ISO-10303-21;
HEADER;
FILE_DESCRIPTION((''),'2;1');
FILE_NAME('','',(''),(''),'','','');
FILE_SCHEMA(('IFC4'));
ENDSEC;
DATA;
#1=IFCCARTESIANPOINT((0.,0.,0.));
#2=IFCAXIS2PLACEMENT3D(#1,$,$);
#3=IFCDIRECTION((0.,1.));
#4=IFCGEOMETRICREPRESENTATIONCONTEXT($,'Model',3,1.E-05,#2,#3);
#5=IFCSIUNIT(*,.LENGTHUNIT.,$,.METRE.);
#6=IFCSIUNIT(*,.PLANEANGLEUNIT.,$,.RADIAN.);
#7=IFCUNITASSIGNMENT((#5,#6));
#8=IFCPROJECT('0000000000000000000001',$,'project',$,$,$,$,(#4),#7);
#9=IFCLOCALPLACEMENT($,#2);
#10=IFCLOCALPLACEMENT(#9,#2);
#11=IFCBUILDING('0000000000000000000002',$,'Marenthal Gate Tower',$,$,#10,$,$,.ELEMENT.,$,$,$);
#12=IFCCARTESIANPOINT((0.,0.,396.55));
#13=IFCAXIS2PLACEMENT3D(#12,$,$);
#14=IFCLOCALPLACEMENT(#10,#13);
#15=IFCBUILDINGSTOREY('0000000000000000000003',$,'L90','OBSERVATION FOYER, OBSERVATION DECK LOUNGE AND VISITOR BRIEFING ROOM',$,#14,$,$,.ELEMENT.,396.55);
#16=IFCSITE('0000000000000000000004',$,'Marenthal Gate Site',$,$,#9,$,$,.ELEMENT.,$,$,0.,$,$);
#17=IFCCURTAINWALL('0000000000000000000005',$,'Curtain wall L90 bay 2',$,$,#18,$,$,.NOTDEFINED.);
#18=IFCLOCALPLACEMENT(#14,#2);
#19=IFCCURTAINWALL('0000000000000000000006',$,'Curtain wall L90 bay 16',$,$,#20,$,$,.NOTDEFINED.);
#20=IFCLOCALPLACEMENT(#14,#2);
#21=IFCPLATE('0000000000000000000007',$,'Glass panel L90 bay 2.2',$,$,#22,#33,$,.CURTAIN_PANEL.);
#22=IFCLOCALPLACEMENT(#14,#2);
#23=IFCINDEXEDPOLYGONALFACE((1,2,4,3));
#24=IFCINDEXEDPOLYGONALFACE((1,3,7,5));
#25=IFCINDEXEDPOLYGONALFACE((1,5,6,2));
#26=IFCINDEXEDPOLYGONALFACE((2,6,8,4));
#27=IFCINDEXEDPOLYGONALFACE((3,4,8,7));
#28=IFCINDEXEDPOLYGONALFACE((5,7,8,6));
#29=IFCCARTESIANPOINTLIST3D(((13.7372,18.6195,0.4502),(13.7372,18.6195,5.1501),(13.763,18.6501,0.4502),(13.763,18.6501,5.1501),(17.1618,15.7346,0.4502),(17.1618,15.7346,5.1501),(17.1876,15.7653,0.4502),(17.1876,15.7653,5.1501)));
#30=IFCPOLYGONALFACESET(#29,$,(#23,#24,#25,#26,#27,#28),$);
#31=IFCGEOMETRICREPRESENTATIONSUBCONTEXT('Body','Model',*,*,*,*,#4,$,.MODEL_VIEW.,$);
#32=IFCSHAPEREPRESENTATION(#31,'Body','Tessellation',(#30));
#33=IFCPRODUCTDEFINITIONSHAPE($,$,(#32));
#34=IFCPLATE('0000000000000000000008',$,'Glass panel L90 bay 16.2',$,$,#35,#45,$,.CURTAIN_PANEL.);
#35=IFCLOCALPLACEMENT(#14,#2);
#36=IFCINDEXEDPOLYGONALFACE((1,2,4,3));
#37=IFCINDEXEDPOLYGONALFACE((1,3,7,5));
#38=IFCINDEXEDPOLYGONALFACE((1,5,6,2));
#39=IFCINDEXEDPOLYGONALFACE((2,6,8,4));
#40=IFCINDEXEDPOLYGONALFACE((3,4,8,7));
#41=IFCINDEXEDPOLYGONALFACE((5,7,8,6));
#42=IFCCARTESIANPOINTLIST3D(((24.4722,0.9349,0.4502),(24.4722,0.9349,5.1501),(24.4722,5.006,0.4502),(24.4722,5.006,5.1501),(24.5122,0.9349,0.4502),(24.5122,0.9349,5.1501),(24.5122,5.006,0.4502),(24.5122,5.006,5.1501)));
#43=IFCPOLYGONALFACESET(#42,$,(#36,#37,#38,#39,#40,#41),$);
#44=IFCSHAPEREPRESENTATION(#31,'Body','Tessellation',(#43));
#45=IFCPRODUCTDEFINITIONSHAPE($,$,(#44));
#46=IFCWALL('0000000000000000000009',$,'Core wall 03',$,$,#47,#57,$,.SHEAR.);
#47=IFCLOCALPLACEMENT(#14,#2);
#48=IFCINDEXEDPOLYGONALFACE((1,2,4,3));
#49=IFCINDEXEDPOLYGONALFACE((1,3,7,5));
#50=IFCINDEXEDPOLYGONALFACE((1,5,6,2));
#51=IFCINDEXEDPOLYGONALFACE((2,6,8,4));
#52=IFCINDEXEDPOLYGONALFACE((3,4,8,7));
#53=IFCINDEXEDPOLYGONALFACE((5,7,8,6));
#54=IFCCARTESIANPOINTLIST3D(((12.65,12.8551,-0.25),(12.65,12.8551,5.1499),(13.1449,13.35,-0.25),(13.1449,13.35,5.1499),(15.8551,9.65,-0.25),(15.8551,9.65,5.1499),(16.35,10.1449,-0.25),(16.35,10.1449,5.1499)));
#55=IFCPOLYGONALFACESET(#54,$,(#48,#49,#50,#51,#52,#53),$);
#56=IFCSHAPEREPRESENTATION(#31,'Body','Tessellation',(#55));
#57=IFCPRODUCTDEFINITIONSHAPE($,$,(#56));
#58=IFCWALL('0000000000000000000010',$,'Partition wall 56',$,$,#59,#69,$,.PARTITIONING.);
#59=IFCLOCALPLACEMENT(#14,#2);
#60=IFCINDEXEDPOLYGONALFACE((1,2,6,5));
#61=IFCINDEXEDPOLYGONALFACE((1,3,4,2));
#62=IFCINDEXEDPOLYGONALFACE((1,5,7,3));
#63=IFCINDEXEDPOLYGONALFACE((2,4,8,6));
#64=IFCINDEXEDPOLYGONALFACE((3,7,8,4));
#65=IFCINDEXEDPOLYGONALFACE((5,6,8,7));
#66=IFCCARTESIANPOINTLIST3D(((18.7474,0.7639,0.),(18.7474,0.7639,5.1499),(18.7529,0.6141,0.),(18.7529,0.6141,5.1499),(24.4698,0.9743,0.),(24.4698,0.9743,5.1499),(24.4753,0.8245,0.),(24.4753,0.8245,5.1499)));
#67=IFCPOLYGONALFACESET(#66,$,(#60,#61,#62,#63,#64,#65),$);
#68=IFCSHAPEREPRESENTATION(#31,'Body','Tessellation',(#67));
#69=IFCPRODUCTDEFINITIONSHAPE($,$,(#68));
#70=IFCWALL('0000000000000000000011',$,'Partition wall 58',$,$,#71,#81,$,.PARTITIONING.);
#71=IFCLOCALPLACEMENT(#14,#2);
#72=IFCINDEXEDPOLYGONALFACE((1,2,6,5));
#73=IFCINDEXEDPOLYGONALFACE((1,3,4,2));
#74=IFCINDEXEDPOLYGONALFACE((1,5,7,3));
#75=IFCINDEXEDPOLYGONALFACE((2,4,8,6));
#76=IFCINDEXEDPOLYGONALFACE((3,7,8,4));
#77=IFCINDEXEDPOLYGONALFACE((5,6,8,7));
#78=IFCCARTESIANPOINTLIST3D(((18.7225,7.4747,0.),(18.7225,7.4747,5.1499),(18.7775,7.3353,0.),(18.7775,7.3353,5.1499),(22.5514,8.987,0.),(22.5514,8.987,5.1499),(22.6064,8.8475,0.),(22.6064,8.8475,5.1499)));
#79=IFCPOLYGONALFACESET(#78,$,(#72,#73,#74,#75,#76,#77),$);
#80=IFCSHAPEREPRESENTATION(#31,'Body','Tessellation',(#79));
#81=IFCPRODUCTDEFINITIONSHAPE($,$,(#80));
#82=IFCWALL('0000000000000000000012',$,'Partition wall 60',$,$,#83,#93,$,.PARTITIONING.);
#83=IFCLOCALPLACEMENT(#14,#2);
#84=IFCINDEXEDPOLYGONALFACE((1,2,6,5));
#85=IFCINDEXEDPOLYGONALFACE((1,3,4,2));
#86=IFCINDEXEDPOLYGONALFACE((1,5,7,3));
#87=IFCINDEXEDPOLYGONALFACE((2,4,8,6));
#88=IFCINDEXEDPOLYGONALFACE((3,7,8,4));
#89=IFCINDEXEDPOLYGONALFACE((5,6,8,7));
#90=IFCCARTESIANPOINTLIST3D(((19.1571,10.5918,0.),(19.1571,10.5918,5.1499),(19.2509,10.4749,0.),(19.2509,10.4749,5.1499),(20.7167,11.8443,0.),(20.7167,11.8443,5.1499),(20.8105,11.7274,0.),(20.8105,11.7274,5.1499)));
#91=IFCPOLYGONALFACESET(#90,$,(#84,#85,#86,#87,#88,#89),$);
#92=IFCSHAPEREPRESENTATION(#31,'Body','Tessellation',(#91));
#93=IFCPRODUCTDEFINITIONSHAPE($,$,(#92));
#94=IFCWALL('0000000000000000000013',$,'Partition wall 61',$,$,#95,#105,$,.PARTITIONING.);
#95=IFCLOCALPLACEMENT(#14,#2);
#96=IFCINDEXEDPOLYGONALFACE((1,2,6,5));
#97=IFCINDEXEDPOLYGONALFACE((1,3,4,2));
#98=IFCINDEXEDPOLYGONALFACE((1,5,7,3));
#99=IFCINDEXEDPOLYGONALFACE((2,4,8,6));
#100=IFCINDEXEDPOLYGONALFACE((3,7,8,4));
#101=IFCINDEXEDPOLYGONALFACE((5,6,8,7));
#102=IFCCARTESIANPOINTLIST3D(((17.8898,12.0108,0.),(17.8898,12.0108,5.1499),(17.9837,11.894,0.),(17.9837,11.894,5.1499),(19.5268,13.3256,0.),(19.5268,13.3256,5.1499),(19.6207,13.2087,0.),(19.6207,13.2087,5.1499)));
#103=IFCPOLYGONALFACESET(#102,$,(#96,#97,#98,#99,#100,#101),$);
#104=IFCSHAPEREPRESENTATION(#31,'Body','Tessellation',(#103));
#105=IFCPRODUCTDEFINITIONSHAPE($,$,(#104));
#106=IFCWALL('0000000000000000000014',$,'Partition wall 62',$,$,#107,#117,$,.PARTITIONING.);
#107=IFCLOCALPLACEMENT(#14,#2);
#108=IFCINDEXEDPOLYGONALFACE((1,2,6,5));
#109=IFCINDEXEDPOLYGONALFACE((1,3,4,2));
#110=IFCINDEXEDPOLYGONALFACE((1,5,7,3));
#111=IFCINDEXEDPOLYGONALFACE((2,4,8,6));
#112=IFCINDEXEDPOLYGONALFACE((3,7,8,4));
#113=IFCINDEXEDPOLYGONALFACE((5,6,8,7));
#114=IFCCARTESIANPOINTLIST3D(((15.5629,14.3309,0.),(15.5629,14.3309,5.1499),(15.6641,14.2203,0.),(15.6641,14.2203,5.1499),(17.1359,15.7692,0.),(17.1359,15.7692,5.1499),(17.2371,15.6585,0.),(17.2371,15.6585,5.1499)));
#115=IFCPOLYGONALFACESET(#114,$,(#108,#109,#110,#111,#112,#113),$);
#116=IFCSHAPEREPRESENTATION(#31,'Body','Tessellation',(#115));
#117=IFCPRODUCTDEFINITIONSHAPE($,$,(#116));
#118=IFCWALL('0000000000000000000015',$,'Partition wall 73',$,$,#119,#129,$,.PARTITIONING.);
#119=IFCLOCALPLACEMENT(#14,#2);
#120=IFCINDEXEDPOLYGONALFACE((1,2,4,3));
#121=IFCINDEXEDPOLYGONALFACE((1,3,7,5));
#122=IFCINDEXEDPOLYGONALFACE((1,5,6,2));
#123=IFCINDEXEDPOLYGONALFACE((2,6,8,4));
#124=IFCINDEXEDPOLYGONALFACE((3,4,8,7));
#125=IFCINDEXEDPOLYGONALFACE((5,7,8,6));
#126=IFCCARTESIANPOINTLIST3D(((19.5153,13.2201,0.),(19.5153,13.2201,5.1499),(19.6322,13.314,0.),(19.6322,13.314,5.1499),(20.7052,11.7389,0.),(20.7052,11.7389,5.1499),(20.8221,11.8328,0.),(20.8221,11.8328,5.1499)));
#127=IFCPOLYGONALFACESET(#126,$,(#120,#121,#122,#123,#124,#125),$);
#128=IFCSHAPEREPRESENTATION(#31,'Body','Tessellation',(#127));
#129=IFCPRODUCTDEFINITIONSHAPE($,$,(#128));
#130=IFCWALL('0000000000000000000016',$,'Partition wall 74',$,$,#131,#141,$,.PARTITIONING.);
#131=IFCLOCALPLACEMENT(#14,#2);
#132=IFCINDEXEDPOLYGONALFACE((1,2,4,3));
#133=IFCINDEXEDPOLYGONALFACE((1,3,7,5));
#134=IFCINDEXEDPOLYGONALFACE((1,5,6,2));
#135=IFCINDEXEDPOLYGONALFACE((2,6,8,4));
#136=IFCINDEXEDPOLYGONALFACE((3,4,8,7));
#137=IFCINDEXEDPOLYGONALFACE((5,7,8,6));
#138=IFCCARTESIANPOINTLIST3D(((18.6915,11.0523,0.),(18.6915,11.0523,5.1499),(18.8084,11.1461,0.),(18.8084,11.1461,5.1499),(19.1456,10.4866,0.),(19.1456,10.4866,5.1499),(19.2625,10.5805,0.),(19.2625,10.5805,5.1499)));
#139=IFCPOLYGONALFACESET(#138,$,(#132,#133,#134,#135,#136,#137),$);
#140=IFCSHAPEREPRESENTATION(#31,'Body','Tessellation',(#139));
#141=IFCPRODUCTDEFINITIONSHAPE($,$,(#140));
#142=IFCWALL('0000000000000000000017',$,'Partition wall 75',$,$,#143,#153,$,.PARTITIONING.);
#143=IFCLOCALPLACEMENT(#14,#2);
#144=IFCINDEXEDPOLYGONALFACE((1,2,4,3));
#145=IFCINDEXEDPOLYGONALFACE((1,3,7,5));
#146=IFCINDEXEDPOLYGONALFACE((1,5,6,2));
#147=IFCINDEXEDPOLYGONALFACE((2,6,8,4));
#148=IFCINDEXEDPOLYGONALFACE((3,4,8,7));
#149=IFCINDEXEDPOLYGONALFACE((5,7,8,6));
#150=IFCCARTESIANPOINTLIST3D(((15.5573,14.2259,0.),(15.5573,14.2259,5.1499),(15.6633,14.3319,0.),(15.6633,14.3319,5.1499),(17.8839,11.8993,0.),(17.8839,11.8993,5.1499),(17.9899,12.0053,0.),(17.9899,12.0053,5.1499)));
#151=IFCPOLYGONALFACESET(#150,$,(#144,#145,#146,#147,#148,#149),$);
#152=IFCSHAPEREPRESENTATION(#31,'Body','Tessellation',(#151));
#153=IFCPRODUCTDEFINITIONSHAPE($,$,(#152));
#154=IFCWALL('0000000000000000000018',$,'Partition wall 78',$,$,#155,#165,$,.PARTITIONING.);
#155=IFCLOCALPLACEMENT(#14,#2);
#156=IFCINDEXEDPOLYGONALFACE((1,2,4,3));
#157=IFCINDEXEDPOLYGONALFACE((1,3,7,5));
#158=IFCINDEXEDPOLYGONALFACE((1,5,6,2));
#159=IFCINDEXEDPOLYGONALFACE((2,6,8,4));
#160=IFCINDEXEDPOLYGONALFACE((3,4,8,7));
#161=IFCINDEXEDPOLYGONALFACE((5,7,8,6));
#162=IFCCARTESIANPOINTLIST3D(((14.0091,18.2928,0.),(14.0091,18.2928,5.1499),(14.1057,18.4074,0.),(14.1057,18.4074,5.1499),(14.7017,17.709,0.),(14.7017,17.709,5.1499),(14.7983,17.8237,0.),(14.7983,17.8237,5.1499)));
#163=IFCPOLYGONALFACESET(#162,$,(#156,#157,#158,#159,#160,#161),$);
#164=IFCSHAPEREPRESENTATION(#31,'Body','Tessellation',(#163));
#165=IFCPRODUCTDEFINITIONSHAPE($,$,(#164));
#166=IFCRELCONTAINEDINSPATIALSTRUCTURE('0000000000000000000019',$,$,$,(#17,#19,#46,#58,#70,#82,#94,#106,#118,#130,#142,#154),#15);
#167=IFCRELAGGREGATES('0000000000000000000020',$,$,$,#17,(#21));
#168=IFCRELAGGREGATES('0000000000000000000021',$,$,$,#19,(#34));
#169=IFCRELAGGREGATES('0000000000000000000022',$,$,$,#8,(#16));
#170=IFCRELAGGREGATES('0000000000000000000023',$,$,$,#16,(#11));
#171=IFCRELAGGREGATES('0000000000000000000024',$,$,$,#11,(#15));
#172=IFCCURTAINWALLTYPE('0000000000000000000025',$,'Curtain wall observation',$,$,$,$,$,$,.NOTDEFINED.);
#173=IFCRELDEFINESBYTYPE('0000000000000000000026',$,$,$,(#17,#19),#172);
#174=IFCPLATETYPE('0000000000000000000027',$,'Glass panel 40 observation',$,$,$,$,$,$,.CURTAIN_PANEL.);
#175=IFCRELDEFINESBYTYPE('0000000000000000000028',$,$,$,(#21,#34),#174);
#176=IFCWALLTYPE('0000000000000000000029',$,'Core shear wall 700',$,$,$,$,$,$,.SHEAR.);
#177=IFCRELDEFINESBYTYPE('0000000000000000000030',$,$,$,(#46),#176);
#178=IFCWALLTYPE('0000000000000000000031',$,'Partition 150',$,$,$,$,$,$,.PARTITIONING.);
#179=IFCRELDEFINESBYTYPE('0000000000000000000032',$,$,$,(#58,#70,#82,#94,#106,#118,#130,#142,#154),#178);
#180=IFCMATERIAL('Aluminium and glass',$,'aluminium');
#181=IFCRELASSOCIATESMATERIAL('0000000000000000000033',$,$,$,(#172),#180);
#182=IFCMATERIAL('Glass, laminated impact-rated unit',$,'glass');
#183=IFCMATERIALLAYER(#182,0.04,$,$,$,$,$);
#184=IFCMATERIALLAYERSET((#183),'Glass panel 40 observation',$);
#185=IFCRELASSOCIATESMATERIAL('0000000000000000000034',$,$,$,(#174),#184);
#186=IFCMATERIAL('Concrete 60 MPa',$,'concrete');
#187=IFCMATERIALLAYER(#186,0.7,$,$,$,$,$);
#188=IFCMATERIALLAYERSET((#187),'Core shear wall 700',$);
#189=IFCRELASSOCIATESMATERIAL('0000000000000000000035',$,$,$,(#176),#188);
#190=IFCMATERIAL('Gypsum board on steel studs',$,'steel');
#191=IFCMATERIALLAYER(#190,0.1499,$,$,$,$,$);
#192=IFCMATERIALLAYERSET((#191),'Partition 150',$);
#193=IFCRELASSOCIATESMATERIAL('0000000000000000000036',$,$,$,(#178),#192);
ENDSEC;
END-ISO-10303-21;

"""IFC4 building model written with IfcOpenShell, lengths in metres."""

from ifc_helpers import new_model, si_unit, direction, frame, frame_2d, origin, origin_2d, place, context, subcontext, project, spatial, rectangle, extrude, material, layer, layer_set, type_object, element, aggregate, save


model = new_model("IFC4")

# Units and contexts
model_context = context("Model", 3, precision=1e-05, world=origin(), true_north=direction((0.0, 1.0)))
body_context = subcontext(model_context, "Body", "Model", "MODEL_VIEW")
ifc_project = project(units=[si_unit("LENGTHUNIT", "METRE"), si_unit("PLANEANGLEUNIT", "RADIAN")], contexts=[model_context])

# Site, building, storey
site_placement = place(None, origin())
site = spatial("IfcSite", under=ifc_project, at=site_placement, Name="Marenthal Gate Site", CompositionType="ELEMENT", RefElevation=0.0)
building_placement = place(site_placement, origin())
building = spatial("IfcBuilding", under=site, at=building_placement, Name="Marenthal Gate Tower", CompositionType="ELEMENT")
storey_placement = place(building_placement, frame((0.0, 0.0, 396.55)))
storey = spatial("IfcBuildingStorey", under=building, at=storey_placement, Name="L90", Description="OBSERVATION FOYER, OBSERVATION DECK LOUNGE AND VISITOR BRIEFING ROOM", CompositionType="ELEMENT", Elevation=396.55)

# Curtain wall
ifc_material_1 = material(Name="Aluminium and glass", Category="aluminium")
curtain_wall_type = type_object("IfcCurtainWallType", Name="Curtain wall observation", PredefinedType="NOTDEFINED", material=ifc_material_1)
curtain_wall_1_placement = place(storey_placement, origin())
curtain_wall_1 = element("IfcCurtainWall", 1, at=curtain_wall_1_placement, inside=storey, type_object=curtain_wall_type, Name="Curtain wall L90 bay 2", PredefinedType="NOTDEFINED")

# Curtain wall
curtain_wall_2_placement = place(storey_placement, origin())
curtain_wall_2 = element("IfcCurtainWall", 2, at=curtain_wall_2_placement, inside=storey, type_object=curtain_wall_type, Name="Curtain wall L90 bay 16", PredefinedType="NOTDEFINED")

# Plates
ifc_material_2 = material(Name="Glass, laminated impact-rated unit", Category="glass")
ifc_layer_1 = layer(ifc_material_2, 0.04)
ifc_layer_set_1 = layer_set([ifc_layer_1], Name="Glass panel 40 observation")
plate_type = type_object("IfcPlateType", Name="Glass panel 40 observation", PredefinedType="CURTAIN_PANEL", material=ifc_layer_set_1)
plate_1_placement = place(storey_placement, frame((15.4624, 17.1924, 0.4502), z_axis=(0.0, 0.0, 1.0), x_axis=(-0.764802, 0.644265, 0.0)))
plate_1 = element("IfcPlate", 3, at=plate_1_placement, type_object=plate_type, Name="Glass panel L90 bay 2.2", PredefinedType="CURTAIN_PANEL", context=body_context, shape_type="SweptSolid", body=[
    extrude(rectangle(XDim=4.4778, YDim=0.04, at=origin_2d()), origin(), (0.0, 0.0, 1.0), 4.7),
])
aggregate(curtain_wall_1, [plate_1])
plate_2_placement = place(storey_placement, frame((24.4922, 2.9705, 0.4502), z_axis=(0.0, 0.0, 1.0), x_axis=(0.0, 1.0, 0.0)))
plate_2 = element("IfcPlate", 4, at=plate_2_placement, type_object=plate_type, Name="Glass panel L90 bay 16.2", PredefinedType="CURTAIN_PANEL", context=body_context, shape_type="SweptSolid", body=[
    extrude(rectangle(XDim=4.071, YDim=0.04, at=origin_2d()), origin(), (0.0, 0.0, 1.0), 4.7),
])
aggregate(curtain_wall_2, [plate_2])

# Walls
ifc_material_3 = material(Name="Concrete 60 MPa", Category="concrete")
ifc_layer_2 = layer(ifc_material_3, 0.7)
ifc_layer_set_2 = layer_set([ifc_layer_2], Name="Core shear wall 700")
wall_type_1 = type_object("IfcWallType", Name="Core shear wall 700", PredefinedType="SHEAR", material=ifc_layer_set_2)
wall_1_placement = place(storey_placement, frame((16.1025, 9.8975, -0.25), z_axis=(0.0, 0.0, 1.0), x_axis=(-0.707107, 0.707107, 0.0)))
element("IfcWall", 5, at=wall_1_placement, inside=storey, type_object=wall_type_1, Name="Core wall 03", PredefinedType="SHEAR", context=body_context, shape_type="SweptSolid", body=[
    extrude(rectangle(XDim=4.5327, YDim=0.7, at=frame_2d((2.2664, 0.0))), origin(), (0.0, 0.0, 1.0), 5.3999),
])
ifc_material_4 = material(Name="Gypsum board on steel studs", Category="steel")
ifc_layer_3 = layer(ifc_material_4, 0.1499)
ifc_layer_set_3 = layer_set([ifc_layer_3], Name="Partition 150")
wall_type_2 = type_object("IfcWallType", Name="Partition 150", PredefinedType="PARTITIONING", material=ifc_layer_set_3)
wall_2_placement = place(storey_placement, frame((18.75, 0.689, 0.0), z_axis=(0.0, 0.0, 1.0), x_axis=(0.999324, 0.036751, 0.0)))
element("IfcWall", 6, at=wall_2_placement, inside=storey, type_object=wall_type_2, Name="Partition wall 56", PredefinedType="PARTITIONING", context=body_context, shape_type="SweptSolid", body=[
    extrude(rectangle(XDim=5.7263, YDim=0.1499, at=frame_2d((2.8633, 0.0))), origin(), (0.0, 0.0, 1.0), 5.1499),
])
wall_3_placement = place(storey_placement, frame((18.75, 7.405, 0.0), z_axis=(0.0, 0.0, 1.0), x_axis=(0.930088, 0.367338, 0.0)))
element("IfcWall", 7, at=wall_3_placement, inside=storey, type_object=wall_type_2, Name="Partition wall 58", PredefinedType="PARTITIONING", context=body_context, shape_type="SweptSolid", body=[
    extrude(rectangle(XDim=4.1167, YDim=0.1499, at=frame_2d((2.0583, 0.0))), origin(), (0.0, 0.0, 1.0), 5.1499),
])
wall_4_placement = place(storey_placement, frame((19.2041, 10.5334, 0.0), z_axis=(0.0, 0.0, 1.0), x_axis=(0.7797, 0.626153, 0.0)))
element("IfcWall", 8, at=wall_4_placement, inside=storey, type_object=wall_type_2, Name="Partition wall 60", PredefinedType="PARTITIONING", context=body_context, shape_type="SweptSolid", body=[
    extrude(rectangle(XDim=2.0002, YDim=0.1499, at=frame_2d((1.0, 0.0))), origin(), (0.0, 0.0, 1.0), 5.1499),
])
wall_5_placement = place(storey_placement, frame((17.9368, 11.9524, 0.0), z_axis=(0.0, 0.0, 1.0), x_axis=(0.779676, 0.626183, 0.0)))
element("IfcWall", 9, at=wall_5_placement, inside=storey, type_object=wall_type_2, Name="Partition wall 61", PredefinedType="PARTITIONING", context=body_context, shape_type="SweptSolid", body=[
    extrude(rectangle(XDim=2.0996, YDim=0.1499, at=frame_2d((1.0498, 0.0))), origin(), (0.0, 0.0, 1.0), 5.1499),
])
wall_6_placement = place(storey_placement, frame((15.6135, 14.2756, 0.0), z_axis=(0.0, 0.0, 1.0), x_axis=(0.738014, 0.674785, 0.0)))
element("IfcWall", 10, at=wall_6_placement, inside=storey, type_object=wall_type_2, Name="Partition wall 62", PredefinedType="PARTITIONING", context=body_context, shape_type="SweptSolid", body=[
    extrude(rectangle(XDim=2.1313, YDim=0.1499, at=frame_2d((1.0657, 0.0))), origin(), (0.0, 0.0, 1.0), 5.1499),
])
wall_7_placement = place(storey_placement, frame((20.7637, 11.7859, 0.0), z_axis=(0.0, 0.0, 1.0), x_axis=(-0.626292, 0.779588, 0.0)))
element("IfcWall", 11, at=wall_7_placement, inside=storey, type_object=wall_type_2, Name="Partition wall 73", PredefinedType="PARTITIONING", context=body_context, shape_type="SweptSolid", body=[
    extrude(rectangle(XDim=1.8999, YDim=0.1499, at=frame_2d((0.95, 0.0))), origin(), (0.0, 0.0, 1.0), 5.1499),
])
wall_8_placement = place(storey_placement, frame((19.2041, 10.5334, 0.0), z_axis=(0.0, 0.0, 1.0), x_axis=(-0.626008, 0.779817, 0.0)))
element("IfcWall", 12, at=wall_8_placement, inside=storey, type_object=wall_type_2, Name="Partition wall 74", PredefinedType="PARTITIONING", context=body_context, shape_type="SweptSolid", body=[
    extrude(rectangle(XDim=0.7253, YDim=0.1499, at=frame_2d((0.3628, 0.0))), origin(), (0.0, 0.0, 1.0), 5.1499),
])
wall_9_placement = place(storey_placement, frame((17.9368, 11.9524, 0.0), z_axis=(0.0, 0.0, 1.0), x_axis=(-0.707107, 0.707107, 0.0)))
element("IfcWall", 13, at=wall_9_placement, inside=storey, type_object=wall_type_2, Name="Partition wall 75", PredefinedType="PARTITIONING", context=body_context, shape_type="SweptSolid", body=[
    extrude(rectangle(XDim=3.2903, YDim=0.1499, at=frame_2d((1.645, 0.0))), origin(), (0.0, 0.0, 1.0), 5.1499),
])
wall_10_placement = place(storey_placement, frame((14.75, 17.7664, 0.0), z_axis=(0.0, 0.0, 1.0), x_axis=(-0.764653, 0.644443, 0.0)))
element("IfcWall", 14, at=wall_10_placement, inside=storey, type_object=wall_type_2, Name="Partition wall 78", PredefinedType="PARTITIONING", context=body_context, shape_type="SweptSolid", body=[
    extrude(rectangle(XDim=0.9058, YDim=0.1499, at=frame_2d((0.4529, 0.0))), origin(), (0.0, 0.0, 1.0), 5.1499),
])

save(model, "model.ifc")
